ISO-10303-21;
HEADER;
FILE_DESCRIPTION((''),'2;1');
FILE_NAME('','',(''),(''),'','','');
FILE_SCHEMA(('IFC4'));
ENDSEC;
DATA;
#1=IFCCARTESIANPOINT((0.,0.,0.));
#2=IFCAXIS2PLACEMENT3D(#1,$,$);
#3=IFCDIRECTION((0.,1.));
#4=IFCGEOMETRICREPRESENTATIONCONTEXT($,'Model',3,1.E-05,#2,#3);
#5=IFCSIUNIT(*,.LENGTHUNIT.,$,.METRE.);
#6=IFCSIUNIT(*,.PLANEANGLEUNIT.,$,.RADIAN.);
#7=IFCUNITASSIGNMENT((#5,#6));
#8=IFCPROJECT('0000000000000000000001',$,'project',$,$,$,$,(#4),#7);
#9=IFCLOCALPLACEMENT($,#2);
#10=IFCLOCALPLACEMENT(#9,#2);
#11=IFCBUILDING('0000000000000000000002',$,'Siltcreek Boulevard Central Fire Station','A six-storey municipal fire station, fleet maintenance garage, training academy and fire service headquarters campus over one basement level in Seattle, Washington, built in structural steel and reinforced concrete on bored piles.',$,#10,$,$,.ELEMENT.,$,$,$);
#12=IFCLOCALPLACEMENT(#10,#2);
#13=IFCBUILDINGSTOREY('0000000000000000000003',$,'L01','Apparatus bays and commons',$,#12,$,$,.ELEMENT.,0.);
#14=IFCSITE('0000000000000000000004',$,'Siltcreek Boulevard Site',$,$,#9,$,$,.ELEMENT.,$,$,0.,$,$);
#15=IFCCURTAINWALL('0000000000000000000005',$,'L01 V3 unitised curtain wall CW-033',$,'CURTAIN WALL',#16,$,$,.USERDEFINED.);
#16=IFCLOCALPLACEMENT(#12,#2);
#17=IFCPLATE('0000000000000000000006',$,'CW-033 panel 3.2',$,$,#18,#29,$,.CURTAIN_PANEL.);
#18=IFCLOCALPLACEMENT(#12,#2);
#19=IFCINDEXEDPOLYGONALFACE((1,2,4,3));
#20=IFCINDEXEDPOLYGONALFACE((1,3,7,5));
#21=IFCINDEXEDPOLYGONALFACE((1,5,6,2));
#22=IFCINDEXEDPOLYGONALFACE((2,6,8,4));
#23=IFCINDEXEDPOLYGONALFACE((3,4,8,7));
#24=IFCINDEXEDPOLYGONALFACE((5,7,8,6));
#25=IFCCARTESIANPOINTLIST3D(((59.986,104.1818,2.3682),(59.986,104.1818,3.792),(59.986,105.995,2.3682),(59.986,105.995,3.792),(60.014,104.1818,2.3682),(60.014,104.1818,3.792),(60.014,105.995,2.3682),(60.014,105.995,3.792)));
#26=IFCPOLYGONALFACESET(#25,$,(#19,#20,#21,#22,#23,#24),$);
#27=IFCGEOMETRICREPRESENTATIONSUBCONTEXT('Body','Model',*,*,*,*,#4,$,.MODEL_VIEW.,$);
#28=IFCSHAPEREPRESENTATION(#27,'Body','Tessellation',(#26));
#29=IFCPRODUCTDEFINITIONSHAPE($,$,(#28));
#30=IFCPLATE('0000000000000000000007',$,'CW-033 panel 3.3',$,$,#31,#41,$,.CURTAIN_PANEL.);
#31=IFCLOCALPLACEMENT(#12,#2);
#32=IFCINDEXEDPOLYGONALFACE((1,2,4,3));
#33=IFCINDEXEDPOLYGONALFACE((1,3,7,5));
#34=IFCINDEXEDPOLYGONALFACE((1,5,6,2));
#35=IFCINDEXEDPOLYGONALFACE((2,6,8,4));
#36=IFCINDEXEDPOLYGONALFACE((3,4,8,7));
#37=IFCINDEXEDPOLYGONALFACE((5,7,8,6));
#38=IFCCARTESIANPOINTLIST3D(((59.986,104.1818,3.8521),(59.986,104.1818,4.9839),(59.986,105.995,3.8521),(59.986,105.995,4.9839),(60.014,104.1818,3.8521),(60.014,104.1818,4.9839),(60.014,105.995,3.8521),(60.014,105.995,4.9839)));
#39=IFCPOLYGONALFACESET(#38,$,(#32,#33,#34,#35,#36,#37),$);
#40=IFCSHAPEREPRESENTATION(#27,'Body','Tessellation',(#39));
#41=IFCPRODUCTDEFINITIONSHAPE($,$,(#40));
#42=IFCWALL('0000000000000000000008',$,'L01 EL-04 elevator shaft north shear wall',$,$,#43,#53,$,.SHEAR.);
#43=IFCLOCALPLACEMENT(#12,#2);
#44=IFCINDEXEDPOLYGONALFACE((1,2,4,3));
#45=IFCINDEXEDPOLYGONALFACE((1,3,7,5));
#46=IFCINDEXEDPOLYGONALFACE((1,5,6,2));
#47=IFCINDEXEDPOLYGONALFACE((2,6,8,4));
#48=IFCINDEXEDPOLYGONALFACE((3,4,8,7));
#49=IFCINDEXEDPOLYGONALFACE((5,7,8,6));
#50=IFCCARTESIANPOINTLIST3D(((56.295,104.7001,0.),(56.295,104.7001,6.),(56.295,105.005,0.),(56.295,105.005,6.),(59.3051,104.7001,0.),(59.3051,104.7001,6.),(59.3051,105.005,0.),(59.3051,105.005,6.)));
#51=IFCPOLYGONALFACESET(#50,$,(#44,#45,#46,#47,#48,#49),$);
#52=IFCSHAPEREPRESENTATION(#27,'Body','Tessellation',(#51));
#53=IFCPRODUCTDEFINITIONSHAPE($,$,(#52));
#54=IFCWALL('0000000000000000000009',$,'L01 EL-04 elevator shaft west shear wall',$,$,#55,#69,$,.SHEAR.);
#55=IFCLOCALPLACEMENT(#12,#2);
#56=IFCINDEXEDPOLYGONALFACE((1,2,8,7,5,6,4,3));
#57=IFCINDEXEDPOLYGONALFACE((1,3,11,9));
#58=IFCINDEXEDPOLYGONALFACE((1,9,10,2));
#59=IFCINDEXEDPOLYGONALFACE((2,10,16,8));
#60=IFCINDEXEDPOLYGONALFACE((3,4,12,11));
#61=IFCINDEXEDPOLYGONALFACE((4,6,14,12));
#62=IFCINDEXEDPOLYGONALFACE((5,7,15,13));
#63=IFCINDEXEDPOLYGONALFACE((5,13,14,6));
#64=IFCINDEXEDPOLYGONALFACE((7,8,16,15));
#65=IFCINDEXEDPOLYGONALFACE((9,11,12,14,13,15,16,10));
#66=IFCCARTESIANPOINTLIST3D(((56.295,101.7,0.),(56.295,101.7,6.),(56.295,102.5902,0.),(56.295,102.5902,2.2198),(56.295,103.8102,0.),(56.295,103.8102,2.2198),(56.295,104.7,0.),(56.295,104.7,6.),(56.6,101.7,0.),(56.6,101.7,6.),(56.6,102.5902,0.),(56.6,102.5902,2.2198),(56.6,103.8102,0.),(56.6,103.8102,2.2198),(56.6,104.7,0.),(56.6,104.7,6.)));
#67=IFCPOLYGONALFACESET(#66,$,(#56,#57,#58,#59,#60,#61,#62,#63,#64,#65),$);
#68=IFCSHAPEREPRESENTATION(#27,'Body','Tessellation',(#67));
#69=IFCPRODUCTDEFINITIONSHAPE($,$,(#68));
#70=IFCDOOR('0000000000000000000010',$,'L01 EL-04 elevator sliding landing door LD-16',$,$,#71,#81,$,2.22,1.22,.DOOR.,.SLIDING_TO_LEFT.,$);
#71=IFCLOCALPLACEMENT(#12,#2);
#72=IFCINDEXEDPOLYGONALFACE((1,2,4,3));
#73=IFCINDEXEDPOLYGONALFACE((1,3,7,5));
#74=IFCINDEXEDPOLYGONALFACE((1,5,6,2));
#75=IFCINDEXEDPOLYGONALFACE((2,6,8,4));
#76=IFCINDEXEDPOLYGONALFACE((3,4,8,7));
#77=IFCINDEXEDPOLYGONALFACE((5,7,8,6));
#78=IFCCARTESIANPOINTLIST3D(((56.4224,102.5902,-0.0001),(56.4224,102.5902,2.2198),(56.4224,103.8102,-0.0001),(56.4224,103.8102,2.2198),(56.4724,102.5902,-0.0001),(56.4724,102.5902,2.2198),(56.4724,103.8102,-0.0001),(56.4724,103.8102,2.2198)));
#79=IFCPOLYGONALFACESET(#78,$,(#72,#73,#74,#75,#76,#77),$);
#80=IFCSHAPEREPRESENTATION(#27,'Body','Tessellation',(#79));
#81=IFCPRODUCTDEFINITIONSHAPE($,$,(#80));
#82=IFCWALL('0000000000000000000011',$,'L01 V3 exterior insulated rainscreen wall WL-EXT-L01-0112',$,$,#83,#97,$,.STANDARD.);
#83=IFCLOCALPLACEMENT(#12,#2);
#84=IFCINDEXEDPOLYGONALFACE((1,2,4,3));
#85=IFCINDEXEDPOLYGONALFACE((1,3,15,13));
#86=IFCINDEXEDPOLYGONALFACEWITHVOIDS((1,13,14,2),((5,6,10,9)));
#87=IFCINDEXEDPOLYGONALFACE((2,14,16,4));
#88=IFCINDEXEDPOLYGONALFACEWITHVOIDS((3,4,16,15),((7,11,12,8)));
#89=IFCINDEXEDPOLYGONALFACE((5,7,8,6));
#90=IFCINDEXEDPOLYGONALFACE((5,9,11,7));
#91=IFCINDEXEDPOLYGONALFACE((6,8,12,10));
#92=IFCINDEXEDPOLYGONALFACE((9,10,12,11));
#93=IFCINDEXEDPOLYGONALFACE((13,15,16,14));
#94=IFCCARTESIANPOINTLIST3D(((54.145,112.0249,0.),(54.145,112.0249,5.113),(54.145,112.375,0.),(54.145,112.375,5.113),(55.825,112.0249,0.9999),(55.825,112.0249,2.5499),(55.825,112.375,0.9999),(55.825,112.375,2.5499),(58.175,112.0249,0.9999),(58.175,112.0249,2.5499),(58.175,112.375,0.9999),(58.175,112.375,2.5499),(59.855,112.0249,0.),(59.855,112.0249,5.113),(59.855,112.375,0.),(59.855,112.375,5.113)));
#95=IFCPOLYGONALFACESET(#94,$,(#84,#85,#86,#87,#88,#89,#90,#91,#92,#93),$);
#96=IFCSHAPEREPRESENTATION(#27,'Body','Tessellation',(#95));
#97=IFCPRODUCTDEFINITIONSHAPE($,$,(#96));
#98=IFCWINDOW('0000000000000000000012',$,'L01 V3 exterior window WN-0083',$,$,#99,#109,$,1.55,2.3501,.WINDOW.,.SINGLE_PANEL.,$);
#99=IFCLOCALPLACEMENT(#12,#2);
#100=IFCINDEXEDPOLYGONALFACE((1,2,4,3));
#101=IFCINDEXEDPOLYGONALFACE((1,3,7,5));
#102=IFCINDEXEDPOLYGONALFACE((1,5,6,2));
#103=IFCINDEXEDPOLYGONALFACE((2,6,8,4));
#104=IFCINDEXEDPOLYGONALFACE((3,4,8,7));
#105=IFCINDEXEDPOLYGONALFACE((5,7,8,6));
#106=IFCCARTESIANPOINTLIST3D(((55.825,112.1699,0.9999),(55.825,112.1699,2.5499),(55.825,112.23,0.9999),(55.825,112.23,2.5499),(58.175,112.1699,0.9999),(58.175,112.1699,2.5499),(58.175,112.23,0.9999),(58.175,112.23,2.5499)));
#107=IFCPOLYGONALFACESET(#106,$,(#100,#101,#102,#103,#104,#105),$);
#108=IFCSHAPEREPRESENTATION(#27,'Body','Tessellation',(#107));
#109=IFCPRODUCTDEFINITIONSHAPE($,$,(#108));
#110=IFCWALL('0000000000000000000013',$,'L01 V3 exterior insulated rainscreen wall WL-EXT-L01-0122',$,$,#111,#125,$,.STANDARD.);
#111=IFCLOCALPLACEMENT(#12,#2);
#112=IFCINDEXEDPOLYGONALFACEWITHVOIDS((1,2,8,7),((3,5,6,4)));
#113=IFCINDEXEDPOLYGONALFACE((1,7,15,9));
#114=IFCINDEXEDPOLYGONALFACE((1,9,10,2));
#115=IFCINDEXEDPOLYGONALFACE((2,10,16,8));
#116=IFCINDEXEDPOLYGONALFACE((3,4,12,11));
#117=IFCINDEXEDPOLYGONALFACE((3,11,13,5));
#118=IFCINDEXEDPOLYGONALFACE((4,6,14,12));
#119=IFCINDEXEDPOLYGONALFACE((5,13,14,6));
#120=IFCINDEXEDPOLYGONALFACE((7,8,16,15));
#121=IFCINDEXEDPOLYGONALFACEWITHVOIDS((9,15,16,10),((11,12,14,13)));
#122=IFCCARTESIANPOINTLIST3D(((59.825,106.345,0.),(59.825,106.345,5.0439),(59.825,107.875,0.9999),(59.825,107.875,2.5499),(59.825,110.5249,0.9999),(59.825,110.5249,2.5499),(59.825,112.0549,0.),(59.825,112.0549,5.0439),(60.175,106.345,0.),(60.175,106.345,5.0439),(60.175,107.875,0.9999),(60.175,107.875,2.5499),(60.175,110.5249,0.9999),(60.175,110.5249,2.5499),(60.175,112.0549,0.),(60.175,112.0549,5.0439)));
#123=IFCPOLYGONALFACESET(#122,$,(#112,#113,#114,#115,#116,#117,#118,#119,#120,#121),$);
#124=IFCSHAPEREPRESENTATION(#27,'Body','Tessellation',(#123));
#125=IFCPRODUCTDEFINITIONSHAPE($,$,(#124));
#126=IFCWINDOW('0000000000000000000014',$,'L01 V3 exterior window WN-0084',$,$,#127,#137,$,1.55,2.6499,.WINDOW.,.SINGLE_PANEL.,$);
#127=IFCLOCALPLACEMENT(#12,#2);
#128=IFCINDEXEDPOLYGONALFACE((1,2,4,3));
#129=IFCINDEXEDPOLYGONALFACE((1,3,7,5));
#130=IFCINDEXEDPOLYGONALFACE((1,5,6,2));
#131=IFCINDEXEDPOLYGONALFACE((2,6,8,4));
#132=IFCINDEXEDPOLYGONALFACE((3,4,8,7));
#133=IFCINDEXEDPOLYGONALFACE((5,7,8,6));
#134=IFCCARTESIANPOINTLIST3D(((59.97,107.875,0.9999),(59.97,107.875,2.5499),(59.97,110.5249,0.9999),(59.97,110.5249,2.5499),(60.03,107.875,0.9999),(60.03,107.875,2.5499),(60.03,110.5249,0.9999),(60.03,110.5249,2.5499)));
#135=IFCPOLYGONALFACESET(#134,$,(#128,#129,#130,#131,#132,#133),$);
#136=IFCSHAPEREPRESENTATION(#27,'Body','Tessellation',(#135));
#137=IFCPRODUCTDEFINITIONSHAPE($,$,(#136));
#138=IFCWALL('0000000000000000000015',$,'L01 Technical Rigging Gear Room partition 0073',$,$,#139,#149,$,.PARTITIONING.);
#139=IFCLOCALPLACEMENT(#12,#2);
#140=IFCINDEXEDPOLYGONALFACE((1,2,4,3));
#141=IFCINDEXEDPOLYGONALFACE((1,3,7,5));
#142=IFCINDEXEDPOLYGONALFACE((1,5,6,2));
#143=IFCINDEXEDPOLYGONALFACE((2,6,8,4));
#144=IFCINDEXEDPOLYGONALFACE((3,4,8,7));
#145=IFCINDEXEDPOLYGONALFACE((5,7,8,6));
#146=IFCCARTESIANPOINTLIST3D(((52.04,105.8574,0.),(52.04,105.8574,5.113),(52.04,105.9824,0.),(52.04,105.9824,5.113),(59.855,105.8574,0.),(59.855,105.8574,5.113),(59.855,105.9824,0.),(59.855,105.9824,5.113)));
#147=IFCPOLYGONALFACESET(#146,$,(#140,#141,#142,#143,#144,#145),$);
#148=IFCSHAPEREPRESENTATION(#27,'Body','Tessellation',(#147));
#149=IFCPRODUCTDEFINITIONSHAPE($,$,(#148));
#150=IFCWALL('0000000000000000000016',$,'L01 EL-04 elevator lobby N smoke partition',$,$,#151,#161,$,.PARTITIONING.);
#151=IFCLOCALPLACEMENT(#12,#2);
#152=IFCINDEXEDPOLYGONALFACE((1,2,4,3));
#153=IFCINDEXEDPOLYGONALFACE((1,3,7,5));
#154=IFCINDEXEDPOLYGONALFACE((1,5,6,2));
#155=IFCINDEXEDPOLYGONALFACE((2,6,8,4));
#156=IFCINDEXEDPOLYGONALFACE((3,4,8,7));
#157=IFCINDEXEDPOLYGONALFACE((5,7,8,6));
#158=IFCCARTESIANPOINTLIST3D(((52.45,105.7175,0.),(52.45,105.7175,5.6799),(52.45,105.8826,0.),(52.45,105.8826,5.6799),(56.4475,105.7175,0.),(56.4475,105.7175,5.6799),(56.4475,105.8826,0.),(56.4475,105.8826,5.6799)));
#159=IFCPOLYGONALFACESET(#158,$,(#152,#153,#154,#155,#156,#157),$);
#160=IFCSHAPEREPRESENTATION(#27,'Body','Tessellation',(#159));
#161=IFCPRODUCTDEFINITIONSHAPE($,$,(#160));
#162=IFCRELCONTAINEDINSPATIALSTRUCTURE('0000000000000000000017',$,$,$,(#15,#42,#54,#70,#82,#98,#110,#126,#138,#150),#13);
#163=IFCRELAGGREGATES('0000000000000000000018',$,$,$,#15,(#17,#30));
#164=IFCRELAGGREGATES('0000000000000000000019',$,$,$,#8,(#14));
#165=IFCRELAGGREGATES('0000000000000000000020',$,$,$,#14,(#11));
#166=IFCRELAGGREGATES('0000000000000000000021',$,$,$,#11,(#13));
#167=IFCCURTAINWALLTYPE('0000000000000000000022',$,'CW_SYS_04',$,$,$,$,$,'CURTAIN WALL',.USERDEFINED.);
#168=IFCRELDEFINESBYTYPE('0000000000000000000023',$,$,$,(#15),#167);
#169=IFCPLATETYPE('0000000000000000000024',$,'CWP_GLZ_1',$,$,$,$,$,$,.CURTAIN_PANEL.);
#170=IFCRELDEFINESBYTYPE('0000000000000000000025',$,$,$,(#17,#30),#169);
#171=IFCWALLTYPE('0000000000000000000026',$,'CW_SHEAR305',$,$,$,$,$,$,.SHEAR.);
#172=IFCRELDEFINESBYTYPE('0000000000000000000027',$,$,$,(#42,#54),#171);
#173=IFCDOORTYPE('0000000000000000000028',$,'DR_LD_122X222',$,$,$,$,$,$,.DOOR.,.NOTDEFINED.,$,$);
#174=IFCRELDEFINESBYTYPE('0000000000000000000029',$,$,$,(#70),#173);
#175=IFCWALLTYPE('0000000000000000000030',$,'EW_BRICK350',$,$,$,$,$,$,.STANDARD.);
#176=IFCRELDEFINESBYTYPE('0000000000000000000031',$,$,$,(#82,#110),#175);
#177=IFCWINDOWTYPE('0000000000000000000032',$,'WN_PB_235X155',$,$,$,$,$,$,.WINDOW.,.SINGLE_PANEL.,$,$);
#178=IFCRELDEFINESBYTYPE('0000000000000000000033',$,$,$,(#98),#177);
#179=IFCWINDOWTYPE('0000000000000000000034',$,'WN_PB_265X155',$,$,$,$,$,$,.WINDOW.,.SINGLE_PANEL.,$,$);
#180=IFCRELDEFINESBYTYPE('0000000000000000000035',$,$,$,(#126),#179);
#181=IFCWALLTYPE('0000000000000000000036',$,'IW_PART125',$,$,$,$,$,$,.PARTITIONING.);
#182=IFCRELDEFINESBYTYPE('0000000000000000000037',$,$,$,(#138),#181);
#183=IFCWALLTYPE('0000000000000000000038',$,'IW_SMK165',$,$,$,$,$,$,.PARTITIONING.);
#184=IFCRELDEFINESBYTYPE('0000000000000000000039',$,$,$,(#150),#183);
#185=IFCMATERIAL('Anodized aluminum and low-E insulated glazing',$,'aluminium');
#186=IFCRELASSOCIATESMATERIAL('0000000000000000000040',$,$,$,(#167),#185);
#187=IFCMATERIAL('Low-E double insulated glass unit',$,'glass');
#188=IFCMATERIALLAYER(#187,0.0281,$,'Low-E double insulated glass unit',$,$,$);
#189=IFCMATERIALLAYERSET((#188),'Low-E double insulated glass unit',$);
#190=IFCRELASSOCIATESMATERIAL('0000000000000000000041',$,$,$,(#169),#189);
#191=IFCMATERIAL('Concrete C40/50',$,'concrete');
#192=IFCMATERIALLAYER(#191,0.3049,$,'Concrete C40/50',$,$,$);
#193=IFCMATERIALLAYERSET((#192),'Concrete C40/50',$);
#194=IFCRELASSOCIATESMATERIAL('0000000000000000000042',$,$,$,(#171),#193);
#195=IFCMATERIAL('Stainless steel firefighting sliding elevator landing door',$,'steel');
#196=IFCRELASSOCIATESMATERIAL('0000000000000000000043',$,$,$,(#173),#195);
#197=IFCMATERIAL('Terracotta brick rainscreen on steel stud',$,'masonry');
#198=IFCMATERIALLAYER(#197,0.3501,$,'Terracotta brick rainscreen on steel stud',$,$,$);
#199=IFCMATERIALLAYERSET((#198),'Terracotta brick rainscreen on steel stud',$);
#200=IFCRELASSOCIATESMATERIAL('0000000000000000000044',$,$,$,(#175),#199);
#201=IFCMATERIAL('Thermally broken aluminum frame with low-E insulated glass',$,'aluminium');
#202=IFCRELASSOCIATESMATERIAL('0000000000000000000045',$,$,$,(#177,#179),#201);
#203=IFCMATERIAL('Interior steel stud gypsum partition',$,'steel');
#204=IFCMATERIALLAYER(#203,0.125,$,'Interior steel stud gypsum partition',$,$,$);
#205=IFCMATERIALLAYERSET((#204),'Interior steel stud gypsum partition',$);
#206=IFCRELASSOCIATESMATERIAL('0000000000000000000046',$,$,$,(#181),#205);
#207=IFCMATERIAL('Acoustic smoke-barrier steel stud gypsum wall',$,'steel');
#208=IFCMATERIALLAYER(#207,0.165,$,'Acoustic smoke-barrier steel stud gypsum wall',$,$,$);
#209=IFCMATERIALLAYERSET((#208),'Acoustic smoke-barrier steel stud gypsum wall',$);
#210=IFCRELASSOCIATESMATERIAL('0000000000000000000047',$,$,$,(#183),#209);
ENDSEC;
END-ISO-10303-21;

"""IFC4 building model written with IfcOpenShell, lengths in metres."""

from ifc_helpers import new_model, si_unit, direction, frame, frame_2d, origin, origin_2d, place, context, subcontext, project, spatial, rectangle, extrude, material, layer, layer_set, type_object, element, fill, aggregate, save


model = new_model("IFC4")

# Units and contexts
model_context = context("Model", 3, precision=1e-05, world=origin(), true_north=direction((0.0, 1.0)))
body_context = subcontext(model_context, "Body", "Model", "MODEL_VIEW")
ifc_project = project(units=[si_unit("LENGTHUNIT", "METRE"), si_unit("PLANEANGLEUNIT", "RADIAN")], contexts=[model_context])

# Site, building, storey
site_placement = place(None, origin())
site = spatial("IfcSite", under=ifc_project, at=site_placement, Name="Siltcreek Boulevard Site", CompositionType="ELEMENT", RefElevation=0.0)
building_placement = place(site_placement, origin())
building = spatial("IfcBuilding", under=site, at=building_placement, Name="Siltcreek Boulevard Central Fire Station", Description="A six-storey municipal fire station, fleet maintenance garage, training academy and fire service headquarters campus over one basement level in Seattle, Washington, built in structural steel and reinforced concrete on bored piles.", CompositionType="ELEMENT")
storey_placement = place(building_placement, origin())
storey = spatial("IfcBuildingStorey", under=building, at=storey_placement, Name="L01", Description="Apparatus bays and commons", CompositionType="ELEMENT", Elevation=0.0)

# Curtain wall
ifc_material_1 = material(Name="Anodized aluminum and low-E insulated glazing", Category="aluminium")
curtain_wall_type = type_object("IfcCurtainWallType", Name="CW_SYS_04", ElementType="CURTAIN WALL", PredefinedType="USERDEFINED", material=ifc_material_1)
curtain_wall_placement = place(storey_placement, origin())
curtain_wall = element("IfcCurtainWall", 1, at=curtain_wall_placement, inside=storey, type_object=curtain_wall_type, Name="L01 V3 unitised curtain wall CW-033", ObjectType="CURTAIN WALL", PredefinedType="USERDEFINED")

# Plates
ifc_material_2 = material(Name="Low-E double insulated glass unit", Category="glass")
ifc_layer_1 = layer(ifc_material_2, 0.0281, Name="Low-E double insulated glass unit")
ifc_layer_set_1 = layer_set([ifc_layer_1], Name="Low-E double insulated glass unit")
plate_type = type_object("IfcPlateType", Name="CWP_GLZ_1", PredefinedType="CURTAIN_PANEL", material=ifc_layer_set_1)
plate_1_placement = place(storey_placement, frame((60.0, 105.0884, 2.3682), z_axis=(0.0, 0.0, 1.0), x_axis=(0.0, 1.0, 0.0)))
plate_1 = element("IfcPlate", 2, at=plate_1_placement, type_object=plate_type, Name="CW-033 panel 3.2", PredefinedType="CURTAIN_PANEL", context=body_context, shape_type="SweptSolid", body=[
    extrude(rectangle(XDim=1.8132, YDim=0.0281, at=origin_2d()), origin(), (0.0, 0.0, 1.0), 1.4238),
])
plate_2_placement = place(storey_placement, frame((60.0, 105.0884, 3.8521), z_axis=(0.0, 0.0, 1.0), x_axis=(0.0, 1.0, 0.0)))
plate_2 = element("IfcPlate", 3, at=plate_2_placement, type_object=plate_type, Name="CW-033 panel 3.3", PredefinedType="CURTAIN_PANEL", context=body_context, shape_type="SweptSolid", body=[
    extrude(rectangle(XDim=1.8132, YDim=0.0281, at=origin_2d()), origin(), (0.0, 0.0, 1.0), 1.1318),
])
aggregate(curtain_wall, [plate_1, plate_2])

# Wall
ifc_material_3 = material(Name="Concrete C40/50", Category="concrete")
ifc_layer_2 = layer(ifc_material_3, 0.3049, Name="Concrete C40/50")
ifc_layer_set_2 = layer_set([ifc_layer_2], Name="Concrete C40/50")
wall_type_1 = type_object("IfcWallType", Name="CW_SHEAR305", PredefinedType="SHEAR", material=ifc_layer_set_2)
wall_1_placement = place(storey_placement, frame((59.3049, 104.8525, 0.0), z_axis=(0.0, 0.0, 1.0), x_axis=(-1.0, 0.0, 0.0)))
element("IfcWall", 4, at=wall_1_placement, inside=storey, type_object=wall_type_1, Name="L01 EL-04 elevator shaft north shear wall", PredefinedType="SHEAR", context=body_context, shape_type="SweptSolid", body=[
    extrude(rectangle(XDim=3.01, YDim=0.3049, at=frame_2d((1.5049, 0.0))), origin(), (0.0, 0.0, 1.0), 6.0),
])

# Wall, opening, door
wall_2_placement = place(storey_placement, frame((56.4475, 104.7, 0.0), z_axis=(0.0, 0.0, 1.0), x_axis=(0.0, -1.0, 0.0)))
wall_2 = element("IfcWall", 5, at=wall_2_placement, inside=storey, type_object=wall_type_1, Name="L01 EL-04 elevator shaft west shear wall", PredefinedType="SHEAR", context=body_context, shape_type="SweptSolid", body=[
    extrude(rectangle(XDim=3.0, YDim=0.3049, at=frame_2d((1.5, 0.0))), origin(), (0.0, 0.0, 1.0), 6.0),
])
opening_1_placement = place(wall_2_placement, frame((0.8899, 0.0, 0.0)))
opening_1 = element("IfcOpeningElement", 6, at=opening_1_placement, cuts=wall_2, PredefinedType="OPENING", context=body_context, shape_type="SweptSolid", body=[
    extrude(rectangle(XDim=1.22, YDim=2.22, at=frame_2d((0.6099, 1.1099))), frame((0.0, 0.1624, 0.0), z_axis=(0.0, -1.0, 0.0), x_axis=(1.0, 0.0, 0.0)), (0.0, 0.0, 1.0), 0.325),
])
ifc_material_4 = material(Name="Stainless steel firefighting sliding elevator landing door", Category="steel")
door_type = type_object("IfcDoorType", Name="DR_LD_122X222", OperationType="NOTDEFINED", PredefinedType="DOOR", material=ifc_material_4)
door_placement = place(opening_1_placement, origin())
door = element("IfcDoor", 7, at=door_placement, inside=storey, type_object=door_type, Name="L01 EL-04 elevator sliding landing door LD-16", OperationType="SLIDING_TO_LEFT", OverallHeight=2.22, OverallWidth=1.22, PredefinedType="DOOR", context=body_context, shape_type="SweptSolid", body=[
    extrude(rectangle(XDim=1.22, YDim=2.22, at=frame_2d((0.6099, 1.1099))), frame((0.0, 0.0249, 0.0), z_axis=(0.0, -1.0, 0.0), x_axis=(1.0, 0.0, 0.0)), (0.0, 0.0, 1.0), 0.05),
])
fill(opening_1, door)

# Walls, openings, windows
ifc_material_5 = material(Name="Terracotta brick rainscreen on steel stud", Category="masonry")
ifc_layer_3 = layer(ifc_material_5, 0.3501, Name="Terracotta brick rainscreen on steel stud")
ifc_layer_set_3 = layer_set([ifc_layer_3], Name="Terracotta brick rainscreen on steel stud")
wall_type_2 = type_object("IfcWallType", Name="EW_BRICK350", PredefinedType="STANDARD", material=ifc_layer_set_3)
wall_3_placement = place(storey_placement, frame((59.855, 112.2, 0.0), z_axis=(0.0, 0.0, 1.0), x_axis=(-1.0, 0.0, 0.0)))
wall_3 = element("IfcWall", 8, at=wall_3_placement, inside=storey, type_object=wall_type_2, Name="L01 V3 exterior insulated rainscreen wall WL-EXT-L01-0112", PredefinedType="STANDARD", context=body_context, shape_type="SweptSolid", body=[
    extrude(rectangle(XDim=5.71, YDim=0.3501, at=frame_2d((2.855, 0.0))), origin(), (0.0, 0.0, 1.0), 5.113),
])
opening_2_placement = place(wall_3_placement, frame((1.6799, 0.0, 1.0)))
opening_2 = element("IfcOpeningElement", 9, at=opening_2_placement, cuts=wall_3, PredefinedType="OPENING", context=body_context, shape_type="SweptSolid", body=[
    extrude(rectangle(XDim=2.3501, YDim=1.55, at=frame_2d((1.175, 0.7749))), frame((0.0, 0.1851, 0.0), z_axis=(0.0, -1.0, 0.0), x_axis=(1.0, 0.0, 0.0)), (0.0, 0.0, 1.0), 0.3701),
])
ifc_material_6 = material(Name="Thermally broken aluminum frame with low-E insulated glass", Category="aluminium")
window_type_1 = type_object("IfcWindowType", Name="WN_PB_235X155", PartitioningType="SINGLE_PANEL", PredefinedType="WINDOW", material=ifc_material_6)
window_1_placement = place(opening_2_placement, origin())
window_1 = element("IfcWindow", 10, at=window_1_placement, inside=storey, type_object=window_type_1, Name="L01 V3 exterior window WN-0083", OverallHeight=1.55, OverallWidth=2.3501, PartitioningType="SINGLE_PANEL", PredefinedType="WINDOW", context=body_context, shape_type="SweptSolid", body=[
    extrude(rectangle(XDim=2.3501, YDim=1.55, at=frame_2d((1.175, 0.7749))), frame((0.0, 0.03, 0.0), z_axis=(0.0, -1.0, 0.0), x_axis=(1.0, 0.0, 0.0)), (0.0, 0.0, 1.0), 0.0601),
])
fill(opening_2, window_1)
wall_4_placement = place(storey_placement, frame((60.0, 106.345, 0.0), z_axis=(0.0, 0.0, 1.0), x_axis=(0.0, 1.0, 0.0)))
wall_4 = element("IfcWall", 11, at=wall_4_placement, inside=storey, type_object=wall_type_2, Name="L01 V3 exterior insulated rainscreen wall WL-EXT-L01-0122", PredefinedType="STANDARD", context=body_context, shape_type="SweptSolid", body=[
    extrude(rectangle(XDim=5.71, YDim=0.3501, at=frame_2d((2.855, 0.0))), origin(), (0.0, 0.0, 1.0), 5.0439),
])
opening_3_placement = place(wall_4_placement, frame((1.53, 0.0, 1.0)))
opening_3 = element("IfcOpeningElement", 12, at=opening_3_placement, cuts=wall_4, PredefinedType="OPENING", context=body_context, shape_type="SweptSolid", body=[
    extrude(rectangle(XDim=2.6499, YDim=1.55, at=frame_2d((1.325, 0.7749))), frame((0.0, 0.1851, 0.0), z_axis=(0.0, -1.0, 0.0), x_axis=(1.0, 0.0, 0.0)), (0.0, 0.0, 1.0), 0.3701),
])
window_type_2 = type_object("IfcWindowType", Name="WN_PB_265X155", PartitioningType="SINGLE_PANEL", PredefinedType="WINDOW", material=ifc_material_6)
window_2_placement = place(opening_3_placement, origin())
window_2 = element("IfcWindow", 13, at=window_2_placement, inside=storey, type_object=window_type_2, Name="L01 V3 exterior window WN-0084", OverallHeight=1.55, OverallWidth=2.6499, PartitioningType="SINGLE_PANEL", PredefinedType="WINDOW", context=body_context, shape_type="SweptSolid", body=[
    extrude(rectangle(XDim=2.6499, YDim=1.55, at=frame_2d((1.325, 0.7749))), frame((0.0, 0.03, 0.0), z_axis=(0.0, -1.0, 0.0), x_axis=(1.0, 0.0, 0.0)), (0.0, 0.0, 1.0), 0.0601),
])
fill(opening_3, window_2)

# Walls
ifc_material_7 = material(Name="Interior steel stud gypsum partition", Category="steel")
ifc_layer_4 = layer(ifc_material_7, 0.125, Name="Interior steel stud gypsum partition")
ifc_layer_set_4 = layer_set([ifc_layer_4], Name="Interior steel stud gypsum partition")
wall_type_3 = type_object("IfcWallType", Name="IW_PART125", PredefinedType="PARTITIONING", material=ifc_layer_set_4)
wall_5_placement = place(storey_placement, frame((59.855, 105.9199, 0.0), z_axis=(0.0, 0.0, 1.0), x_axis=(-1.0, 0.0, 0.0)))
element("IfcWall", 14, at=wall_5_placement, inside=storey, type_object=wall_type_3, Name="L01 Technical Rigging Gear Room partition 0073", PredefinedType="PARTITIONING", context=body_context, shape_type="SweptSolid", body=[
    extrude(rectangle(XDim=7.8149, YDim=0.125, at=frame_2d((3.9075, 0.0))), origin(), (0.0, 0.0, 1.0), 5.113),
])
ifc_material_8 = material(Name="Acoustic smoke-barrier steel stud gypsum wall", Category="steel")
ifc_layer_5 = layer(ifc_material_8, 0.165, Name="Acoustic smoke-barrier steel stud gypsum wall")
ifc_layer_set_5 = layer_set([ifc_layer_5], Name="Acoustic smoke-barrier steel stud gypsum wall")
wall_type_4 = type_object("IfcWallType", Name="IW_SMK165", PredefinedType="PARTITIONING", material=ifc_layer_set_5)
wall_6_placement = place(storey_placement, frame((56.4475, 105.8, 0.0), z_axis=(0.0, 0.0, 1.0), x_axis=(-1.0, 0.0, 0.0)))
element("IfcWall", 15, at=wall_6_placement, inside=storey, type_object=wall_type_4, Name="L01 EL-04 elevator lobby N smoke partition", PredefinedType="PARTITIONING", context=body_context, shape_type="SweptSolid", body=[
    extrude(rectangle(XDim=3.9976, YDim=0.165, at=frame_2d((1.9988, 0.0))), origin(), (0.0, 0.0, 1.0), 5.6799),
])

save(model, "model.ifc")
